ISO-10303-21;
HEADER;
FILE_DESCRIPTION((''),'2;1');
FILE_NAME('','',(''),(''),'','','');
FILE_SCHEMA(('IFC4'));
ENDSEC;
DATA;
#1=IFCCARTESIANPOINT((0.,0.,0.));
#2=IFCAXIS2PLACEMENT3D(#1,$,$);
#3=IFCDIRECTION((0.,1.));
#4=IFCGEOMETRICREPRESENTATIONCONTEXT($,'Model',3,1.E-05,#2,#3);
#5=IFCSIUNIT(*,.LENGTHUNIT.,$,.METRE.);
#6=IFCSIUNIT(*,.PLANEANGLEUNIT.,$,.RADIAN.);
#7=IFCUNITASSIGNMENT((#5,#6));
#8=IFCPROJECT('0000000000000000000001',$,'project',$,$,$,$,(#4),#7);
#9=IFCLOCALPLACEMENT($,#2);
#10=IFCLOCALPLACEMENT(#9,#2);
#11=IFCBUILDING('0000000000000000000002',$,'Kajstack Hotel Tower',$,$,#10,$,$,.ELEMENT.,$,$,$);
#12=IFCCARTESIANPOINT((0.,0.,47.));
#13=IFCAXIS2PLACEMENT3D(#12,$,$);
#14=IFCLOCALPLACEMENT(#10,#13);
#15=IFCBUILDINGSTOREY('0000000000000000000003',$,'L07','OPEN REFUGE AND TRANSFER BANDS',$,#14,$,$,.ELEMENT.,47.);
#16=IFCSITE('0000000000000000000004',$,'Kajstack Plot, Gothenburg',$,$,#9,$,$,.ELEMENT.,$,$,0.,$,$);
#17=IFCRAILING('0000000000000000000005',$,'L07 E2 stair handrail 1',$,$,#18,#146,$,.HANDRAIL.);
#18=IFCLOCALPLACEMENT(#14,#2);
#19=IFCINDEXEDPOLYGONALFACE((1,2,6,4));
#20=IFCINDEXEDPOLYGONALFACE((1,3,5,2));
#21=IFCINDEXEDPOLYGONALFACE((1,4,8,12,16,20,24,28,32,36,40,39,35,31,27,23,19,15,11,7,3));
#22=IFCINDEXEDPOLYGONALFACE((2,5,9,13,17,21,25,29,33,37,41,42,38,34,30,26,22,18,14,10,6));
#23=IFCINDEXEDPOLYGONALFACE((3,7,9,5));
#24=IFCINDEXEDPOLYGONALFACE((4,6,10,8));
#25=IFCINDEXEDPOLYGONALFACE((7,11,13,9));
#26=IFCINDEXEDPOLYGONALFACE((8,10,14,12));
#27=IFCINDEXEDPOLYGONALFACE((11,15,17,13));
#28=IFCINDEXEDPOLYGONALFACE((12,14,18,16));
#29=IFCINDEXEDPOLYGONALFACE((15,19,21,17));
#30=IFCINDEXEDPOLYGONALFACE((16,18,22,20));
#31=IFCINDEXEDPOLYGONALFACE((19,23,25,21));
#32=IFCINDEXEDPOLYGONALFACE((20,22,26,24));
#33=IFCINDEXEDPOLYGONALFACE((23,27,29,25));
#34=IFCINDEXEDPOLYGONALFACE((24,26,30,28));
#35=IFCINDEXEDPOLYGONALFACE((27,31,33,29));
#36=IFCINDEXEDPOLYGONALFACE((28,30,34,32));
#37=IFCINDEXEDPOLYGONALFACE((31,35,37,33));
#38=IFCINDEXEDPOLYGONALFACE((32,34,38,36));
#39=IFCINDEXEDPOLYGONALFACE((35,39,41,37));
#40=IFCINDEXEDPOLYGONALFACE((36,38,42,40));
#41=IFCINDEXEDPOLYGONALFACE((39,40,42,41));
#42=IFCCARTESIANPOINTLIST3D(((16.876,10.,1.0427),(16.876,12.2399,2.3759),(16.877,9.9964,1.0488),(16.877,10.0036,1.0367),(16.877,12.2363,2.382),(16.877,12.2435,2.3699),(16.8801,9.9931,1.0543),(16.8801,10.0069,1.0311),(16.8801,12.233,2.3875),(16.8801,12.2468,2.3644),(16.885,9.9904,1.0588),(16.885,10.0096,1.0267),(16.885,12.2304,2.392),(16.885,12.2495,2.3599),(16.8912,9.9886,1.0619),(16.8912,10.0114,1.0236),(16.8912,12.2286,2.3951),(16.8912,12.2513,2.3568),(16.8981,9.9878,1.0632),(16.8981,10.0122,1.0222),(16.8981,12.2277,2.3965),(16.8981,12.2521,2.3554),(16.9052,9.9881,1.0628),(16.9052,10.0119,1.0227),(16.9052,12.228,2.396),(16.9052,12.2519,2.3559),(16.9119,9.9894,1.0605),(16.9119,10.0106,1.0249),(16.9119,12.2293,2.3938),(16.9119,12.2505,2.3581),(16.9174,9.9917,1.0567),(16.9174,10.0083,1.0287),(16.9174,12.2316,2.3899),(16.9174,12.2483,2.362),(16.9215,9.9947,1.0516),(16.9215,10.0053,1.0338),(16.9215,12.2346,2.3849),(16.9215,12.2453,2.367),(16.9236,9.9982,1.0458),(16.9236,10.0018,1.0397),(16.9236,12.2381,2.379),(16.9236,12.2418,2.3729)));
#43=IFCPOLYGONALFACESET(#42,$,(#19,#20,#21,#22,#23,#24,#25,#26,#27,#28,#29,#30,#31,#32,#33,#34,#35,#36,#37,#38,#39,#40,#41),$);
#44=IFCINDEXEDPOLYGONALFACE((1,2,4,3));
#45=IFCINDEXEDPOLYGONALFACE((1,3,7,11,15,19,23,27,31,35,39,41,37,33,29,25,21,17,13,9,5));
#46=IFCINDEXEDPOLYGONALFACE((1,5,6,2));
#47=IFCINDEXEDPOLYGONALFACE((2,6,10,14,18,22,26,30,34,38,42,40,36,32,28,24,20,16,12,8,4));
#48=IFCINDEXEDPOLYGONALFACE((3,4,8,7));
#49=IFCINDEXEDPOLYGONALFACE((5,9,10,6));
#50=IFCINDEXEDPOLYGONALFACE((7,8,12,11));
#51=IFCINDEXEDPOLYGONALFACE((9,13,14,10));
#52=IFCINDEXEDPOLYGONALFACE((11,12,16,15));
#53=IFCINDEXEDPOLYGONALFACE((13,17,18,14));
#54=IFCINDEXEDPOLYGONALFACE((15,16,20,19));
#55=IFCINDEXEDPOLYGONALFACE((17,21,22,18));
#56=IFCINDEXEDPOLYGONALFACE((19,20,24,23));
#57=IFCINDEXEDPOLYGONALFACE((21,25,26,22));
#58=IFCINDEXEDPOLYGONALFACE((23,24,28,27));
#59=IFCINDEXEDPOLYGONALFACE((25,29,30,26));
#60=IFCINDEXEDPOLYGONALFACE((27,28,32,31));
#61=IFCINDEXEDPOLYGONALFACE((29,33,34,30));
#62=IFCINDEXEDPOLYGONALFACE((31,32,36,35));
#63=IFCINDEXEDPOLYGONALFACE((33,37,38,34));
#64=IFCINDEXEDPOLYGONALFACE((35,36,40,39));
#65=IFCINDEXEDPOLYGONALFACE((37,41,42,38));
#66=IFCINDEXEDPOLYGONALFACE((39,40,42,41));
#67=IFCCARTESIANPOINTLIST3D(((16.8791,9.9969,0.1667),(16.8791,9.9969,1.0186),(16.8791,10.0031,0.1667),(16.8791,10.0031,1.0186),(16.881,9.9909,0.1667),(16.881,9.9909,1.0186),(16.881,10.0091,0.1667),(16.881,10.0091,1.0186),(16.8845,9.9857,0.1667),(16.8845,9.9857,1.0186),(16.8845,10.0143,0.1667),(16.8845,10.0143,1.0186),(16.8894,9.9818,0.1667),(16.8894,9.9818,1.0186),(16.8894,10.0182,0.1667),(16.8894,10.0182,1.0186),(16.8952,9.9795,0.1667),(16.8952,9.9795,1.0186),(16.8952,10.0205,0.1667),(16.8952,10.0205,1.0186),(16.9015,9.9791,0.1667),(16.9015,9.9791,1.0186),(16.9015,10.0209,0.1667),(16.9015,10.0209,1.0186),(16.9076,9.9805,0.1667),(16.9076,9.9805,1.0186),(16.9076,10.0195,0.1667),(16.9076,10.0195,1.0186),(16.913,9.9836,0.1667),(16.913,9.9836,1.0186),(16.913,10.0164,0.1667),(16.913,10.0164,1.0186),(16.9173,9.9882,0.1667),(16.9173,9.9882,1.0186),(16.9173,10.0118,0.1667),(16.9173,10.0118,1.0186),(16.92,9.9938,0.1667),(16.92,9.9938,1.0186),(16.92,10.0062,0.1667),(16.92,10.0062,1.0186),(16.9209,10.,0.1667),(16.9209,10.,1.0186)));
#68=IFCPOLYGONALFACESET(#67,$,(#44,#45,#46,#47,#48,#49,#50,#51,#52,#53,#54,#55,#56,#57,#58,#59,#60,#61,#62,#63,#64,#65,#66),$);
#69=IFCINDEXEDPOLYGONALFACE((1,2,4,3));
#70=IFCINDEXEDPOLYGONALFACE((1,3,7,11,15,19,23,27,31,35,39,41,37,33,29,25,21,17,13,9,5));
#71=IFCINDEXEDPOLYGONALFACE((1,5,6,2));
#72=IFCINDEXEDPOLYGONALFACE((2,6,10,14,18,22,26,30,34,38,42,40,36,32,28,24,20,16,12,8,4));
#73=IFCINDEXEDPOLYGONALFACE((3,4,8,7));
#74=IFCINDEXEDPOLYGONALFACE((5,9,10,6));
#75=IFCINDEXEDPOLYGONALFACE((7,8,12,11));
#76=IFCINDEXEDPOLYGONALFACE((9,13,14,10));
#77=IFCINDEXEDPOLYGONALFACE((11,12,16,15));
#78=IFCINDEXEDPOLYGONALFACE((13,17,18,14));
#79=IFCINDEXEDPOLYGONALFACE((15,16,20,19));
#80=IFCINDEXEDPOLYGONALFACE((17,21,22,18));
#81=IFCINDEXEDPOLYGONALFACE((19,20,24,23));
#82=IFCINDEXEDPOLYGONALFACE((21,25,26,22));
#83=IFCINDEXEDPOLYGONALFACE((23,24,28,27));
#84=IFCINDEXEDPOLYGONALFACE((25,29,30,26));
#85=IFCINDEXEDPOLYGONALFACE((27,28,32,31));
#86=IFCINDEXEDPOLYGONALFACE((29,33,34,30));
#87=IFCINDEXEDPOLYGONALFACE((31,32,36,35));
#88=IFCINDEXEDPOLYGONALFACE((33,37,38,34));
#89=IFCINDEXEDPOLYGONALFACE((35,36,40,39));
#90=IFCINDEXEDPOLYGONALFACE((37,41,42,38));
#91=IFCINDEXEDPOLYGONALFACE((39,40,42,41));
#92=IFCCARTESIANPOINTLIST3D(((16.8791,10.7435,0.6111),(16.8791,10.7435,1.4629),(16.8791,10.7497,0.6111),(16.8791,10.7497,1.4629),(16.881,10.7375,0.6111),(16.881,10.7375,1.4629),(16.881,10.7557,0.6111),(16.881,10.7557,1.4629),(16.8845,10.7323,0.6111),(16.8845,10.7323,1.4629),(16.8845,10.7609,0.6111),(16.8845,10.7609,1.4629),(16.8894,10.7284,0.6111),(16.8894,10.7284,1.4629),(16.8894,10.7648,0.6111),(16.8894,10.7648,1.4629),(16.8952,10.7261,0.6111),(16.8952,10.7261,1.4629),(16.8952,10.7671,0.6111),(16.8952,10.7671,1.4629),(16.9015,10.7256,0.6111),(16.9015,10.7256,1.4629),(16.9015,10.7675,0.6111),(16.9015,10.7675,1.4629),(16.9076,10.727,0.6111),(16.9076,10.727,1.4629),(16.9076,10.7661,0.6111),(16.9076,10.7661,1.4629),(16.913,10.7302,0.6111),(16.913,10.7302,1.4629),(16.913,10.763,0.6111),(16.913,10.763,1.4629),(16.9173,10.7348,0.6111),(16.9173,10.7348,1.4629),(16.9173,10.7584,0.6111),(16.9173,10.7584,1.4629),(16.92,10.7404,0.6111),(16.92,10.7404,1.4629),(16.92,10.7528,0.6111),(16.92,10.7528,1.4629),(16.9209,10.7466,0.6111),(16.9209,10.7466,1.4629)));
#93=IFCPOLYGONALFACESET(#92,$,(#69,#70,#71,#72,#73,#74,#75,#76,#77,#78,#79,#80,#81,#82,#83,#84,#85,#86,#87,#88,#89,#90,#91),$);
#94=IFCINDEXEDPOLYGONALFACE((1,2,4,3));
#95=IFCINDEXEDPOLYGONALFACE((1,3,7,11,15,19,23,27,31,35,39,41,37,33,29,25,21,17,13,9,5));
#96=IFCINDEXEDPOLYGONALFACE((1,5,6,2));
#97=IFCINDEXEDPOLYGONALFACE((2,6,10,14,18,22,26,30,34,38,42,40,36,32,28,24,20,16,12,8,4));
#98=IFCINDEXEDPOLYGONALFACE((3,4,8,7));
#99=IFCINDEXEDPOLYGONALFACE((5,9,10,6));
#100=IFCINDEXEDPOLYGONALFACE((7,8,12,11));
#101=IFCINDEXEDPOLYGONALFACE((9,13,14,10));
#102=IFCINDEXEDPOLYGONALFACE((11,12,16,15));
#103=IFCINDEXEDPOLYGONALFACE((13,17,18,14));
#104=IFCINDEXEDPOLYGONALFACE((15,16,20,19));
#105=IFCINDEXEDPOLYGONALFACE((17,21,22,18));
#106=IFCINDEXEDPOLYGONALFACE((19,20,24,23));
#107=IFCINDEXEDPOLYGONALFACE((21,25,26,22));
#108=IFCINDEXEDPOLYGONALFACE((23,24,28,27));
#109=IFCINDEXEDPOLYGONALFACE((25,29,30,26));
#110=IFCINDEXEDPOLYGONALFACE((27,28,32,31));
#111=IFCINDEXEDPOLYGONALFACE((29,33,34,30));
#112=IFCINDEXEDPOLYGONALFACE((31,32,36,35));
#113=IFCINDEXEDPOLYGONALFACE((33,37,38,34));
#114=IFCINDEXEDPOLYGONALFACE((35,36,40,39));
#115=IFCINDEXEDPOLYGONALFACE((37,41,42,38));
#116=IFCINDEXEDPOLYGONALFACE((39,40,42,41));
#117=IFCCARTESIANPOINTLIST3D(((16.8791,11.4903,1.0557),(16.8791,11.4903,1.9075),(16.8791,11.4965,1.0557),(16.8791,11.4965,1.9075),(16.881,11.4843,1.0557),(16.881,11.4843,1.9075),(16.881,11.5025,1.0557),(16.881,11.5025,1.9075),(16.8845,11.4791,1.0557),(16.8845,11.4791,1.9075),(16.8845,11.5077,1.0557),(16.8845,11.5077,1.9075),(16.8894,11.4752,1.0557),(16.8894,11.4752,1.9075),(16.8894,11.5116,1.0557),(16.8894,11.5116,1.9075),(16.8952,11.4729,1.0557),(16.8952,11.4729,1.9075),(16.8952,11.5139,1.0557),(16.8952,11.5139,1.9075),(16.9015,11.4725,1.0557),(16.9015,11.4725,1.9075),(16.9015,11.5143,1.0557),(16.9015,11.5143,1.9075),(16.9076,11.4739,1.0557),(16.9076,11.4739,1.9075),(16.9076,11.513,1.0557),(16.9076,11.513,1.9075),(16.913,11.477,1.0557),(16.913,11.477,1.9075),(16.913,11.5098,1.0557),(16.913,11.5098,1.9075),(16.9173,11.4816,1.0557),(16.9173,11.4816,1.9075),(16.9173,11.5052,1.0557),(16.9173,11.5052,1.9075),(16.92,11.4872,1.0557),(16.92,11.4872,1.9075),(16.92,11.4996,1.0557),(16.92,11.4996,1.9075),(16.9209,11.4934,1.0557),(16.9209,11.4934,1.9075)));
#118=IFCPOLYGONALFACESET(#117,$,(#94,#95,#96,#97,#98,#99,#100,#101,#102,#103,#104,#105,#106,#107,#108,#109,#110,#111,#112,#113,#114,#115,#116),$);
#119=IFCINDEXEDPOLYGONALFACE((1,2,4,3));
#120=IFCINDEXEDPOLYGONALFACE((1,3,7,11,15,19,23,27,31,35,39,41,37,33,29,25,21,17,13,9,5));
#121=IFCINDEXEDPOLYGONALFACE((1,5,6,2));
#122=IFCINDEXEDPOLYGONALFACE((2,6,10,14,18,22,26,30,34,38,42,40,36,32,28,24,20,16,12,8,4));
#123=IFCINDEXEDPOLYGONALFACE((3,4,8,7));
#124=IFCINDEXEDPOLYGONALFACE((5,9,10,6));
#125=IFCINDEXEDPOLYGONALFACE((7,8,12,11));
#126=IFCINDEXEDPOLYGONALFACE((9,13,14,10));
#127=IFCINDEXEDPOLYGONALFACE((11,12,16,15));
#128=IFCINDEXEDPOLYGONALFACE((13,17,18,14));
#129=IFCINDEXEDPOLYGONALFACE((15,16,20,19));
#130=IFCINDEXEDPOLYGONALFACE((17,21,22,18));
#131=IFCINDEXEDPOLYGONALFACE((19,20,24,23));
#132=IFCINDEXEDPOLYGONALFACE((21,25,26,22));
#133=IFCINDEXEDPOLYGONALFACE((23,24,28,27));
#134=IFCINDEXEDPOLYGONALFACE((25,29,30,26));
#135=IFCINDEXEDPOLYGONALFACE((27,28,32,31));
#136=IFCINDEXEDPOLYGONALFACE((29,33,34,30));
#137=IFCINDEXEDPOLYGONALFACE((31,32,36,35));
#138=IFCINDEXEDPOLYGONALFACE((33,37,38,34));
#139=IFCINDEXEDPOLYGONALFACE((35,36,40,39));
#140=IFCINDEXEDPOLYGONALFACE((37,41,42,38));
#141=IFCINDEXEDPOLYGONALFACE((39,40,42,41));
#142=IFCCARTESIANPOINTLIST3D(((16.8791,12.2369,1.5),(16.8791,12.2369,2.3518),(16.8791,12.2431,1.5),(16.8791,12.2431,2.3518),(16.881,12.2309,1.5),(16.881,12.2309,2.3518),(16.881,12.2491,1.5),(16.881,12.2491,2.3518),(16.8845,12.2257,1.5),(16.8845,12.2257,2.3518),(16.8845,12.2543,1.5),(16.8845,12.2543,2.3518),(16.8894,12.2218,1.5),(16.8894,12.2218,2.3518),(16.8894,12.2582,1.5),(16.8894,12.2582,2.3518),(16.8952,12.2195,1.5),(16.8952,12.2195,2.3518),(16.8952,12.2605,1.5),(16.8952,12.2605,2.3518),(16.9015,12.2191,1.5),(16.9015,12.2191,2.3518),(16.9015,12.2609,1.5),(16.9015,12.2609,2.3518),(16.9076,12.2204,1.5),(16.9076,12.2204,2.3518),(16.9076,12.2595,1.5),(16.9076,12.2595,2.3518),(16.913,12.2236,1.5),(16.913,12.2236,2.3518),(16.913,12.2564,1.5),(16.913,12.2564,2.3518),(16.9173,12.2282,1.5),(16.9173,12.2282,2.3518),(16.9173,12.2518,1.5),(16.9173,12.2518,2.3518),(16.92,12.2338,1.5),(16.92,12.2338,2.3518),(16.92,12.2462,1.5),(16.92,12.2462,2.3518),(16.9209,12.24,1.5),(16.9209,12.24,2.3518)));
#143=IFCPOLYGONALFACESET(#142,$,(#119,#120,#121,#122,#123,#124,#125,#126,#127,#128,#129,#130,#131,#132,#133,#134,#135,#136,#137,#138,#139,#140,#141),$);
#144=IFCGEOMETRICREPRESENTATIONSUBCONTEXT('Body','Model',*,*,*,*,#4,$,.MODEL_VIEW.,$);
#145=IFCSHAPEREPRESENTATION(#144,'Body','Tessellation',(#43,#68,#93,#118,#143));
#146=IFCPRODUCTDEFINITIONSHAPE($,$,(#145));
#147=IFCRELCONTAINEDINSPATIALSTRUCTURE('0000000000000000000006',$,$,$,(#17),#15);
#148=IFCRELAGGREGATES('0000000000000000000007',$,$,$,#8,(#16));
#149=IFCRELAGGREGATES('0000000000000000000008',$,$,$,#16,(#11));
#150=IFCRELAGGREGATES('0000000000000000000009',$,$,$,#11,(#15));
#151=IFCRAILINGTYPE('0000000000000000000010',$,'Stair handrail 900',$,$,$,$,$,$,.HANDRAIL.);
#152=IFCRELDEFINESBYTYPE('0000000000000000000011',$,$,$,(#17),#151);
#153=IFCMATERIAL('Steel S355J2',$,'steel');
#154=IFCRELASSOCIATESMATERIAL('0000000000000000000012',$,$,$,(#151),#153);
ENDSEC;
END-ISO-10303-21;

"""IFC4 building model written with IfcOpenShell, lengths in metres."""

from ifc_helpers import new_model, si_unit, direction, frame, origin, origin_2d, place, context, subcontext, project, spatial, circle, extrude, material, type_object, element, save


model = new_model("IFC4")

# Units and contexts
model_context = context("Model", 3, precision=1e-05, world=origin(), true_north=direction((0.0, 1.0)))
body_context = subcontext(model_context, "Body", "Model", "MODEL_VIEW")
ifc_project = project(units=[si_unit("LENGTHUNIT", "METRE"), si_unit("PLANEANGLEUNIT", "RADIAN")], contexts=[model_context])

# Site, building, storey
site_placement = place(None, origin())
site = spatial("IfcSite", under=ifc_project, at=site_placement, Name="Kajstack Plot, Gothenburg", CompositionType="ELEMENT", RefElevation=0.0)
building_placement = place(site_placement, origin())
building = spatial("IfcBuilding", under=site, at=building_placement, Name="Kajstack Hotel Tower", CompositionType="ELEMENT")
storey_placement = place(building_placement, frame((0.0, 0.0, 47.0)))
storey = spatial("IfcBuildingStorey", under=building, at=storey_placement, Name="L07", Description="OPEN REFUGE AND TRANSFER BANDS", CompositionType="ELEMENT", Elevation=47.0)

# Shared definitions
ifc_material_1 = material(Name="Steel S355J2", Category="steel")

# Railing
railing_type_1 = type_object("IfcRailingType", Name="Stair handrail 900", PredefinedType="HANDRAIL", material=ifc_material_1)
railing_1_placement = place(storey_placement, frame((16.8999, 10.0, 0.1667)))
element("IfcRailing", 1, at=railing_1_placement, inside=storey, type_object=railing_type_1, Name="L07 E2 stair handrail 1", PredefinedType="HANDRAIL", context=body_context, shape_type="SweptSolid", body=[
    extrude(circle(Radius=0.0239, at=origin_2d()), frame((0.0, 0.0, 0.876), z_axis=(0.0, 0.859306, 0.511462), x_axis=(-1.0, 0.0, 0.0)), (0.0, 0.0, 1.0), 2.6067),
    extrude(circle(Radius=0.021, at=origin_2d()), origin(), (0.0, 0.0, 1.0), 0.8518),
    extrude(circle(Radius=0.021, at=origin_2d()), frame((0.0, 0.7466, 0.4443)), (0.0, 0.0, 1.0), 0.8518),
    extrude(circle(Radius=0.021, at=origin_2d()), frame((0.0, 1.4934, 0.8889)), (0.0, 0.0, 1.0), 0.8518),
    extrude(circle(Radius=0.021, at=origin_2d()), frame((0.0, 2.24, 1.3333)), (0.0, 0.0, 1.0), 0.8518),
])

save(model, "model.ifc")
